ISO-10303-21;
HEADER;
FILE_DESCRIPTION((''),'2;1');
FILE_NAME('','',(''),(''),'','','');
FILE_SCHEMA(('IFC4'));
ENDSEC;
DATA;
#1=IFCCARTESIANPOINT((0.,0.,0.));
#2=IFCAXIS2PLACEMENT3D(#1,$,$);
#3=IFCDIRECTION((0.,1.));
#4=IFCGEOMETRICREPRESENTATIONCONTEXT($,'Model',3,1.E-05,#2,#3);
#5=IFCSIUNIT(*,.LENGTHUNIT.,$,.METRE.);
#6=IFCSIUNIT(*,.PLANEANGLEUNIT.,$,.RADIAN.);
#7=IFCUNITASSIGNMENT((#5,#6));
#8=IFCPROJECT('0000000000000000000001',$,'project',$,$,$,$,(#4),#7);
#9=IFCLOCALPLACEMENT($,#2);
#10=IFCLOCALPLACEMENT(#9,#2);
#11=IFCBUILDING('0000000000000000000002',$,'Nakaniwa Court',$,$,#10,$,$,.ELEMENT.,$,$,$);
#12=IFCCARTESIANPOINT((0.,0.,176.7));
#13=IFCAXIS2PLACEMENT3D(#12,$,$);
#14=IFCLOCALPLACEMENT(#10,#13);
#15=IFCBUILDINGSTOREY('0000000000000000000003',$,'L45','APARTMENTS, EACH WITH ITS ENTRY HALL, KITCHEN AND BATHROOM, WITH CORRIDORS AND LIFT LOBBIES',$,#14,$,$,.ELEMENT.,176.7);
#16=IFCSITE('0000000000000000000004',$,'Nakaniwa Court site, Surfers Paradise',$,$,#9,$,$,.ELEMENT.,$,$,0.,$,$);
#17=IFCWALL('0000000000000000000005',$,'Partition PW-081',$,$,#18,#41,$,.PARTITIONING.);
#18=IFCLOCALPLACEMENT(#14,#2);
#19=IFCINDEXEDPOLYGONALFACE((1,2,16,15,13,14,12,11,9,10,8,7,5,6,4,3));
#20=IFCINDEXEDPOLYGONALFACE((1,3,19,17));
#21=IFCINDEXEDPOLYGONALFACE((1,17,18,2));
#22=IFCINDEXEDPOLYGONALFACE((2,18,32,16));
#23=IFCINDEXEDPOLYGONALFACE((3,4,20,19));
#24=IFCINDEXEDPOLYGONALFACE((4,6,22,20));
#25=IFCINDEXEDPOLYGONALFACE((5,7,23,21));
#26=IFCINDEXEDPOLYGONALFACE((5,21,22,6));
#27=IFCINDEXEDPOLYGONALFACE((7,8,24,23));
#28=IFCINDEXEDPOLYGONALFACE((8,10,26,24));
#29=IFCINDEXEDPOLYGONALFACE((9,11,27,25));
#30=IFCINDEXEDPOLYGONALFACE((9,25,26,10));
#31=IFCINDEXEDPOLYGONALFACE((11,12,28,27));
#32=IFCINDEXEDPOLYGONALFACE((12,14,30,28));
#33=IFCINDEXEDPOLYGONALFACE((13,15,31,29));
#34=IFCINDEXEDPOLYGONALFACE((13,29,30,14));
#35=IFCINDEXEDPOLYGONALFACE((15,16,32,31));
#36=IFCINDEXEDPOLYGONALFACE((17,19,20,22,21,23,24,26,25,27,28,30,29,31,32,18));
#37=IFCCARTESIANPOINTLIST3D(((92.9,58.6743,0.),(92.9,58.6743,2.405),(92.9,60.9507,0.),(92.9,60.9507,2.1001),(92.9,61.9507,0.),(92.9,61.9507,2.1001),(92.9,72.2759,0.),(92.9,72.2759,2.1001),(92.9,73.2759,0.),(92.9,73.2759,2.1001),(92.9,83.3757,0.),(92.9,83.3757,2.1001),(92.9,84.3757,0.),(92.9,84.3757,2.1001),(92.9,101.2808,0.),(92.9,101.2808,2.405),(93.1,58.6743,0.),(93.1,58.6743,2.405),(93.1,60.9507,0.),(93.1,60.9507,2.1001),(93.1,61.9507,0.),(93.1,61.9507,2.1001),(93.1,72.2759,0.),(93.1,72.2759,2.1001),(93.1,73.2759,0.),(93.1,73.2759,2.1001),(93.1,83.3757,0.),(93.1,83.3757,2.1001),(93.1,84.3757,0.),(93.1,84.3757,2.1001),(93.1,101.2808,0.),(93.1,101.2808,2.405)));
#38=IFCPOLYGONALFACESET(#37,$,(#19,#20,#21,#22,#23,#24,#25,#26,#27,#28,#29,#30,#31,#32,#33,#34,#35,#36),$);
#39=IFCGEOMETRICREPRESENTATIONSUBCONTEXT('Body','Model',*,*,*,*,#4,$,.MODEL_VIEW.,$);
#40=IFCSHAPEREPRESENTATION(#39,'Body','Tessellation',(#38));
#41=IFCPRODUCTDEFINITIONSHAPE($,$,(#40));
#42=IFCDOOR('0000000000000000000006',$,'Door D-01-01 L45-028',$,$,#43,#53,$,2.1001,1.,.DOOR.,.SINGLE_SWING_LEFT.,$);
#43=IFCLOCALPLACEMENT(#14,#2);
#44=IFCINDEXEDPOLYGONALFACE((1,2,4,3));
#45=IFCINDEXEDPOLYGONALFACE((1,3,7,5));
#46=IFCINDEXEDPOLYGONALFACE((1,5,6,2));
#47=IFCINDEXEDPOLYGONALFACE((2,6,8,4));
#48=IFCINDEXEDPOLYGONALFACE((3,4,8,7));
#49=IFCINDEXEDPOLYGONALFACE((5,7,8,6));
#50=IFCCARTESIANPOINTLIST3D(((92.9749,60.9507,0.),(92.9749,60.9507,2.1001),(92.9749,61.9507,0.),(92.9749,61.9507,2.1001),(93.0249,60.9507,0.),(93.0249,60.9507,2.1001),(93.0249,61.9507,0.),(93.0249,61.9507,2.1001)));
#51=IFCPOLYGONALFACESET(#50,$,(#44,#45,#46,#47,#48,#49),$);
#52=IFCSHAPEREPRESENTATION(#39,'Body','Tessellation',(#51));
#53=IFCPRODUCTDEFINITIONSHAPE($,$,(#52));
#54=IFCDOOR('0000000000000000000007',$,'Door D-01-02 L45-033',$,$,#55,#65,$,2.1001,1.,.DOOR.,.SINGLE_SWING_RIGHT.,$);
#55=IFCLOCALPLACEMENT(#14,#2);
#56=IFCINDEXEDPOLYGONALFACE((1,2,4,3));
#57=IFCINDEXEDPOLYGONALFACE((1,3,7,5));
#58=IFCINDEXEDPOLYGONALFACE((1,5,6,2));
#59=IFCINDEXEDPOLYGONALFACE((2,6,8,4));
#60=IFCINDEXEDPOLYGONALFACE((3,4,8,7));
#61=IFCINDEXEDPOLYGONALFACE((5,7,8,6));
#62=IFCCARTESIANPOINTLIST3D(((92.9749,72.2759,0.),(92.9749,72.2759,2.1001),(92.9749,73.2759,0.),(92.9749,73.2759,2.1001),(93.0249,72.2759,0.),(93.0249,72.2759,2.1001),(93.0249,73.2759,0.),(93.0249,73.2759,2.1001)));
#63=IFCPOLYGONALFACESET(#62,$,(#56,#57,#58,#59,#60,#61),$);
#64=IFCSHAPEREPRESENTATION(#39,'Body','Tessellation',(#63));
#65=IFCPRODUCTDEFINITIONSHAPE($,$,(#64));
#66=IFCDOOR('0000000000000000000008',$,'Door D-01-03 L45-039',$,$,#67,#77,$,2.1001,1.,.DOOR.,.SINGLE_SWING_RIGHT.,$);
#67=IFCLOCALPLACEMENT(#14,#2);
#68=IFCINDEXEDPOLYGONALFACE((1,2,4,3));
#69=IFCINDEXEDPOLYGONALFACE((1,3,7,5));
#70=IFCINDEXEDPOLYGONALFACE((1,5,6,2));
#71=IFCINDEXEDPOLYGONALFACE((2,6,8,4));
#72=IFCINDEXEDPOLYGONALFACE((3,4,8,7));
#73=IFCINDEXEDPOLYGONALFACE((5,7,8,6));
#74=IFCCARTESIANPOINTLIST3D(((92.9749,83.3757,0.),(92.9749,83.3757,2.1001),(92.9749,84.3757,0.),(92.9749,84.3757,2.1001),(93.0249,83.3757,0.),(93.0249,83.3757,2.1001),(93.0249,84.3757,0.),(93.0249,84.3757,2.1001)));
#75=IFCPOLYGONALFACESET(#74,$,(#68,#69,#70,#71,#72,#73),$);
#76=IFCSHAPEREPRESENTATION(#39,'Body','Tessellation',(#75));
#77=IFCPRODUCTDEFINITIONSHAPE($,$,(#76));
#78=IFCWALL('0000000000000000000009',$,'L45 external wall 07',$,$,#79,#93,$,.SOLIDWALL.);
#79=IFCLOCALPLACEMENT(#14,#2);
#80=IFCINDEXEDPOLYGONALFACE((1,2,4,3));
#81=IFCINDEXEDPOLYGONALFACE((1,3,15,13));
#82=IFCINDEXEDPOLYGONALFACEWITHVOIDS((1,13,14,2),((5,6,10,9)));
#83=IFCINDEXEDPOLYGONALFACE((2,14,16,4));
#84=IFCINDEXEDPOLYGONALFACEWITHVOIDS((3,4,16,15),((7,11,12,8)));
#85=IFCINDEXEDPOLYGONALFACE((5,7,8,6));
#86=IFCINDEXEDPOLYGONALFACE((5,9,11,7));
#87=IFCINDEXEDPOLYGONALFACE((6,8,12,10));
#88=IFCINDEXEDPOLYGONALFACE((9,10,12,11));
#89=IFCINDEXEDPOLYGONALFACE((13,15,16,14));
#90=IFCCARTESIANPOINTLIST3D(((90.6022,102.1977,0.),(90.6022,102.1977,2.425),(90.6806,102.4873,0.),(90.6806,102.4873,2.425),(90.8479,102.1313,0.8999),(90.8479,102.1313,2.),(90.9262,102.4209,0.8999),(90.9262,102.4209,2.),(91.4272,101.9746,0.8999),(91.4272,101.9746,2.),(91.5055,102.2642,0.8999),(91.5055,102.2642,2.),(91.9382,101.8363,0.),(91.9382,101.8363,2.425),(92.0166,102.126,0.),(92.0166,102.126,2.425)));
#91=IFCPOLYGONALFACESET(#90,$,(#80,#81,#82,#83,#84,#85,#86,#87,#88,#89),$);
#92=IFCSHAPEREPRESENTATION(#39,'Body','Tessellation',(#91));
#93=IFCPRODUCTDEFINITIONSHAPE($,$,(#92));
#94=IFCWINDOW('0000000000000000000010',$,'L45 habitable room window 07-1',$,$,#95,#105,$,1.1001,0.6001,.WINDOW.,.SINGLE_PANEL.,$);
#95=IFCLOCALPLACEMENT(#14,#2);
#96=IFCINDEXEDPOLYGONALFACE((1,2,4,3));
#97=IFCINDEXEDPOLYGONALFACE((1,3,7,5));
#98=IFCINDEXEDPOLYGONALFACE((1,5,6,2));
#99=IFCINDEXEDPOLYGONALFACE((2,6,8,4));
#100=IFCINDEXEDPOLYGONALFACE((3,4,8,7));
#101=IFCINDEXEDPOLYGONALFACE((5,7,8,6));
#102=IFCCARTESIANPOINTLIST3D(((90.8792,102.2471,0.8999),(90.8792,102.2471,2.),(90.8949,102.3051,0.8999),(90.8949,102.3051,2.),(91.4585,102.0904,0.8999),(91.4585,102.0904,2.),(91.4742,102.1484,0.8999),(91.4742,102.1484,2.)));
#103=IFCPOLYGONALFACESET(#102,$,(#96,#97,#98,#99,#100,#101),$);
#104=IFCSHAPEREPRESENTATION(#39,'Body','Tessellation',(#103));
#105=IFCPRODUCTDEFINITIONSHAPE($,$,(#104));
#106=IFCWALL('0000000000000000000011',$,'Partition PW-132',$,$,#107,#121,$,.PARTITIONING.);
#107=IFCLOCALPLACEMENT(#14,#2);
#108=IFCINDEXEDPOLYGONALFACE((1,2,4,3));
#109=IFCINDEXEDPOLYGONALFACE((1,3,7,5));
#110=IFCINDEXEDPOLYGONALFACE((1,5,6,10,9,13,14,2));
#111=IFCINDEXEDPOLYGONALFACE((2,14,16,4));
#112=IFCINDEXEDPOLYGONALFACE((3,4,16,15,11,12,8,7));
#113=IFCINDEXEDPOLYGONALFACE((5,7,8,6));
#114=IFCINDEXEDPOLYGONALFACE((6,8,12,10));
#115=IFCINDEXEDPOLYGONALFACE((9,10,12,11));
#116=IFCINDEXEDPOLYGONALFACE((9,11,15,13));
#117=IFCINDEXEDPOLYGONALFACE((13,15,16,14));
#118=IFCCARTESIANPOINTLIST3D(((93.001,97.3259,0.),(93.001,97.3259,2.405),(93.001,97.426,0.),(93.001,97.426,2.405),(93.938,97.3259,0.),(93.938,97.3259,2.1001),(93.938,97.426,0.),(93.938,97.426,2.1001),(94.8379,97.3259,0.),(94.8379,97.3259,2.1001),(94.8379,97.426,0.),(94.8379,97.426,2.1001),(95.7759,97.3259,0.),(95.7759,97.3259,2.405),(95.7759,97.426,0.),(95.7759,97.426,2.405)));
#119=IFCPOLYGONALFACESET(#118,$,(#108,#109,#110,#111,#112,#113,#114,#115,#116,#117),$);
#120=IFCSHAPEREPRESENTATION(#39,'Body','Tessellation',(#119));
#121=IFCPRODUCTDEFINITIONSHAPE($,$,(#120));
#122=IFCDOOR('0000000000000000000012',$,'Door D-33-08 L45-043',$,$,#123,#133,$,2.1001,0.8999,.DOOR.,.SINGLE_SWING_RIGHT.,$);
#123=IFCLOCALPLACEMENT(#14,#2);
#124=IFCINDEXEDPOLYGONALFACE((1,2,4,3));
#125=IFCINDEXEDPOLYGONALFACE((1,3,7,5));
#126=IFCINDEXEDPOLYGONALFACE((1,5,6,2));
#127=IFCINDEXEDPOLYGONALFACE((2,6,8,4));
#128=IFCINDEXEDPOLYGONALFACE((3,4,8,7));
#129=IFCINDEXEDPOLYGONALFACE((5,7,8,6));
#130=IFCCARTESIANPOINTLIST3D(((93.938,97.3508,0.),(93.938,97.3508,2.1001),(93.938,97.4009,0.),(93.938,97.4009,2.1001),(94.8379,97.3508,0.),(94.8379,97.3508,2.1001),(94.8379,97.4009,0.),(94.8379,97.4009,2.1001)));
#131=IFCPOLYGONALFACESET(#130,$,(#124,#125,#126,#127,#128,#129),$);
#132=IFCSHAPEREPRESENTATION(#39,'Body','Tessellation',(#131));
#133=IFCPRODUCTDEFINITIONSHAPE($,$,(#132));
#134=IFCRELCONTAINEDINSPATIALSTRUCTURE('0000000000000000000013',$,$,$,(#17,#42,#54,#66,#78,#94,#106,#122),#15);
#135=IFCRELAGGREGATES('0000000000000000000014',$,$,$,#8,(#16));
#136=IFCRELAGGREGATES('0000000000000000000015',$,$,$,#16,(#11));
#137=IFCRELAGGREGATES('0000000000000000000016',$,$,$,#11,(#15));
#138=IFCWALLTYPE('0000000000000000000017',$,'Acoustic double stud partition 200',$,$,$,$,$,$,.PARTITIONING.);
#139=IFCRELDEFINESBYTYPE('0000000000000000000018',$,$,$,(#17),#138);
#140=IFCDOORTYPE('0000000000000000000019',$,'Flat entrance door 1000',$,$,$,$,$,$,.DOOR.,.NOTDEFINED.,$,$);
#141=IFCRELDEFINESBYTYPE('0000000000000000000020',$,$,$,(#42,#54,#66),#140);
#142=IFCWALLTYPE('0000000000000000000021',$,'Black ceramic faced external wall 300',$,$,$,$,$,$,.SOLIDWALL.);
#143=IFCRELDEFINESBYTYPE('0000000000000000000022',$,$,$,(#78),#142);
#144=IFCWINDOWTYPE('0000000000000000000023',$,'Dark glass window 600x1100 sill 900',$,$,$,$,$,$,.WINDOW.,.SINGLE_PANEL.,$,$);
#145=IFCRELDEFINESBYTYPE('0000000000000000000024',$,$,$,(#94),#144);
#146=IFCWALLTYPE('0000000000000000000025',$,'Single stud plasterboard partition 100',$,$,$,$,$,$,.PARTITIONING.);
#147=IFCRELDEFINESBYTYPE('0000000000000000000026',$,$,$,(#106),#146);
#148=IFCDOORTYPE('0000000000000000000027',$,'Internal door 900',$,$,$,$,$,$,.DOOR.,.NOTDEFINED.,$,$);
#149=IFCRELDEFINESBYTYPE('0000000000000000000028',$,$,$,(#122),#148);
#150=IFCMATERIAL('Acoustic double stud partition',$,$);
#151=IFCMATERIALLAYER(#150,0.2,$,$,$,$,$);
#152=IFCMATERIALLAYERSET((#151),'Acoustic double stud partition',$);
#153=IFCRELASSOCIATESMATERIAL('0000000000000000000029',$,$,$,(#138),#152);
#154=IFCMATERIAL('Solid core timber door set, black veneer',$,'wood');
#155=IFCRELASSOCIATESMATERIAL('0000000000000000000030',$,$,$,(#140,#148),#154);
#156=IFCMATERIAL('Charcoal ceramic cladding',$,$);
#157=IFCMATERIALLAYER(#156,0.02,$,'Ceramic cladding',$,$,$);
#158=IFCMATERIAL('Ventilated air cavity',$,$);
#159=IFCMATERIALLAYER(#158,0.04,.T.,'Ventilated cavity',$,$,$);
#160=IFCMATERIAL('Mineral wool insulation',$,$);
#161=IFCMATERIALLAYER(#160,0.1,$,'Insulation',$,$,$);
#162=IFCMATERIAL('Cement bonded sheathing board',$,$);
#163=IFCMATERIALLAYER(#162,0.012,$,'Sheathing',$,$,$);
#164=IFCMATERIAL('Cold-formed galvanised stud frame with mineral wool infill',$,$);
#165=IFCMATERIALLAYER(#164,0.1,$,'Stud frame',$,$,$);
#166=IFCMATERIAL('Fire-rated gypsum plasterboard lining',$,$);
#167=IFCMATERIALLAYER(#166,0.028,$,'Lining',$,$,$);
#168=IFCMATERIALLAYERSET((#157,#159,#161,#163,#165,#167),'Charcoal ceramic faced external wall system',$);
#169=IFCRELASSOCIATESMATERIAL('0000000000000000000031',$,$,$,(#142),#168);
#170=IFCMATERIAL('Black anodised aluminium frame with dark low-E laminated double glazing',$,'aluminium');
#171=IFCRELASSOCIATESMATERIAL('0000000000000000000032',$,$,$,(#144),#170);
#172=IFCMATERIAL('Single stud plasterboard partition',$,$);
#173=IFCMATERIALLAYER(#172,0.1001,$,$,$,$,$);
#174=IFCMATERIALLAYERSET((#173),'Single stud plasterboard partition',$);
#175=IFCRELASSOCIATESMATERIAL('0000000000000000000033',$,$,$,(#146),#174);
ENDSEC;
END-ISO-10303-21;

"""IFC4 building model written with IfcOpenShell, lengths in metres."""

from ifc_helpers import new_model, si_unit, direction, frame, frame_2d, origin, place, context, subcontext, project, spatial, rectangle, extrude, material, layer, layer_set, type_object, element, fill, save


model = new_model("IFC4")

# Units and contexts
model_context = context("Model", 3, precision=1e-05, world=origin(), true_north=direction((0.0, 1.0)))
body_context = subcontext(model_context, "Body", "Model", "MODEL_VIEW")
ifc_project = project(units=[si_unit("LENGTHUNIT", "METRE"), si_unit("PLANEANGLEUNIT", "RADIAN")], contexts=[model_context])

# Site, building, storey
site_placement = place(None, origin())
site = spatial("IfcSite", under=ifc_project, at=site_placement, Name="Nakaniwa Court site, Surfers Paradise", CompositionType="ELEMENT", RefElevation=0.0)
building_placement = place(site_placement, origin())
building = spatial("IfcBuilding", under=site, at=building_placement, Name="Nakaniwa Court", CompositionType="ELEMENT")
storey_placement = place(building_placement, frame((0.0, 0.0, 176.7)))
storey = spatial("IfcBuildingStorey", under=building, at=storey_placement, Name="L45", Description="APARTMENTS, EACH WITH ITS ENTRY HALL, KITCHEN AND BATHROOM, WITH CORRIDORS AND LIFT LOBBIES", CompositionType="ELEMENT", Elevation=176.7)

# Shared definitions
ifc_material_1 = material(Name="Acoustic double stud partition")
ifc_layer_1 = layer(ifc_material_1, 0.2)
ifc_layer_set_1 = layer_set([ifc_layer_1], Name="Acoustic double stud partition")
wall_type_1 = type_object("IfcWallType", Name="Acoustic double stud partition 200", PredefinedType="PARTITIONING", material=ifc_layer_set_1)
ifc_material_2 = material(Name="Solid core timber door set, black veneer", Category="wood")

# Wall, openings, doors
wall_1_placement = place(storey_placement, frame((93.0, 101.2808, 0.0), z_axis=(0.0, 0.0, 1.0), x_axis=(0.0, -1.0, 0.0)))
wall_1 = element("IfcWall", 1, at=wall_1_placement, inside=storey, type_object=wall_type_1, Name="Partition PW-081", PredefinedType="PARTITIONING", context=body_context, shape_type="SweptSolid", body=[
    extrude(rectangle(XDim=42.6064, YDim=0.2, at=frame_2d((21.3032, 0.0))), origin(), (0.0, 0.0, 1.0), 2.405),
])
opening_1_placement = place(wall_1_placement, frame((39.3301, 0.0, 0.0)))
opening_1 = element("IfcOpeningElement", 2, at=opening_1_placement, cuts=wall_1, PredefinedType="OPENING", context=body_context, shape_type="SweptSolid", body=[
    extrude(rectangle(XDim=1.0, YDim=2.1001, at=frame_2d((0.5, 1.05))), frame((0.0, 0.1099, 0.0), z_axis=(0.0, -1.0, 0.0), x_axis=(1.0, 0.0, 0.0)), (0.0, 0.0, 1.0), 0.22),
])
opening_2_placement = place(wall_1_placement, frame((28.0049, 0.0, 0.0)))
opening_2 = element("IfcOpeningElement", 3, at=opening_2_placement, cuts=wall_1, PredefinedType="OPENING", context=body_context, shape_type="SweptSolid", body=[
    extrude(rectangle(XDim=1.0, YDim=2.1001, at=frame_2d((0.5, 1.05))), frame((0.0, 0.1099, 0.0), z_axis=(0.0, -1.0, 0.0), x_axis=(1.0, 0.0, 0.0)), (0.0, 0.0, 1.0), 0.22),
])
opening_3_placement = place(wall_1_placement, frame((16.905, 0.0, 0.0)))
opening_3 = element("IfcOpeningElement", 4, at=opening_3_placement, cuts=wall_1, PredefinedType="OPENING", context=body_context, shape_type="SweptSolid", body=[
    extrude(rectangle(XDim=1.0, YDim=2.1001, at=frame_2d((0.5, 1.05))), frame((0.0, 0.1099, 0.0), z_axis=(0.0, -1.0, 0.0), x_axis=(1.0, 0.0, 0.0)), (0.0, 0.0, 1.0), 0.22),
])
door_type_1 = type_object("IfcDoorType", Name="Flat entrance door 1000", OperationType="NOTDEFINED", PredefinedType="DOOR", material=ifc_material_2)
door_1_placement = place(opening_1_placement, origin())
door_1 = element("IfcDoor", 5, at=door_1_placement, inside=storey, type_object=door_type_1, Name="Door D-01-01 L45-028", OperationType="SINGLE_SWING_LEFT", OverallHeight=2.1001, OverallWidth=1.0, PredefinedType="DOOR", context=body_context, shape_type="SweptSolid", body=[
    extrude(rectangle(XDim=1.0, YDim=2.1001, at=frame_2d((0.5, 1.05))), frame((0.0, 0.0249, 0.0), z_axis=(0.0, -1.0, 0.0), x_axis=(1.0, 0.0, 0.0)), (0.0, 0.0, 1.0), 0.05),
])
fill(opening_1, door_1)
door_2_placement = place(opening_2_placement, origin())
door_2 = element("IfcDoor", 6, at=door_2_placement, inside=storey, type_object=door_type_1, Name="Door D-01-02 L45-033", OperationType="SINGLE_SWING_RIGHT", OverallHeight=2.1001, OverallWidth=1.0, PredefinedType="DOOR", context=body_context, shape_type="SweptSolid", body=[
    extrude(rectangle(XDim=1.0, YDim=2.1001, at=frame_2d((0.5, 1.05))), frame((0.0, 0.0249, 0.0), z_axis=(0.0, -1.0, 0.0), x_axis=(1.0, 0.0, 0.0)), (0.0, 0.0, 1.0), 0.05),
])
fill(opening_2, door_2)
door_3_placement = place(opening_3_placement, origin())
door_3 = element("IfcDoor", 7, at=door_3_placement, inside=storey, type_object=door_type_1, Name="Door D-01-03 L45-039", OperationType="SINGLE_SWING_RIGHT", OverallHeight=2.1001, OverallWidth=1.0, PredefinedType="DOOR", context=body_context, shape_type="SweptSolid", body=[
    extrude(rectangle(XDim=1.0, YDim=2.1001, at=frame_2d((0.5, 1.05))), frame((0.0, 0.0249, 0.0), z_axis=(0.0, -1.0, 0.0), x_axis=(1.0, 0.0, 0.0)), (0.0, 0.0, 1.0), 0.05),
])
fill(opening_3, door_3)

# Wall, opening, window
ifc_material_3 = material(Name="Charcoal ceramic cladding")
ifc_layer_2 = layer(ifc_material_3, 0.02, Name="Ceramic cladding")
ifc_material_4 = material(Name="Ventilated air cavity")
ifc_layer_3 = layer(ifc_material_4, 0.04, ventilated=True, Name="Ventilated cavity")
ifc_material_5 = material(Name="Mineral wool insulation")
ifc_layer_4 = layer(ifc_material_5, 0.1, Name="Insulation")
ifc_material_6 = material(Name="Cement bonded sheathing board")
ifc_layer_5 = layer(ifc_material_6, 0.012, Name="Sheathing")
ifc_material_7 = material(Name="Cold-formed galvanised stud frame with mineral wool infill")
ifc_layer_6 = layer(ifc_material_7, 0.1, Name="Stud frame")
ifc_material_8 = material(Name="Fire-rated gypsum plasterboard lining")
ifc_layer_7 = layer(ifc_material_8, 0.028, Name="Lining")
ifc_layer_set_2 = layer_set([ifc_layer_2, ifc_layer_3, ifc_layer_4, ifc_layer_5, ifc_layer_6, ifc_layer_7], Name="Charcoal ceramic faced external wall system")
wall_type_2 = type_object("IfcWallType", Name="Black ceramic faced external wall 300", PredefinedType="SOLIDWALL", material=ifc_layer_set_2)
wall_2_placement = place(storey_placement, frame((91.9773, 101.9812, 0.0), z_axis=(0.0, 0.0, 1.0), x_axis=(-0.965315, 0.261087, 0.0)))
wall_2 = element("IfcWall", 8, at=wall_2_placement, inside=storey, type_object=wall_type_2, Name="L45 external wall 07", PredefinedType="SOLIDWALL", context=body_context, shape_type="SweptSolid", body=[
    extrude(rectangle(XDim=1.384, YDim=0.3, at=frame_2d((0.6919, 0.0))), origin(), (0.0, 0.0, 1.0), 2.425),
])
opening_4_placement = place(wall_2_placement, frame((0.5293, 0.0, 0.8999)))
opening_4 = element("IfcOpeningElement", 9, at=opening_4_placement, cuts=wall_2, PredefinedType="OPENING", context=body_context, shape_type="SweptSolid", body=[
    extrude(rectangle(XDim=0.6001, YDim=1.1001, at=frame_2d((0.3, 0.55))), frame((0.0, 0.1599, 0.0), z_axis=(0.0, -1.0, 0.0), x_axis=(1.0, 0.0, 0.0)), (0.0, 0.0, 1.0), 0.3201),
])
ifc_material_9 = material(Name="Black anodised aluminium frame with dark low-E laminated double glazing", Category="aluminium")
window_type = type_object("IfcWindowType", Name="Dark glass window 600x1100 sill 900", PartitioningType="SINGLE_PANEL", PredefinedType="WINDOW", material=ifc_material_9)
window_placement = place(opening_4_placement, origin())
window = element("IfcWindow", 10, at=window_placement, inside=storey, type_object=window_type, Name="L45 habitable room window 07-1", OverallHeight=1.1001, OverallWidth=0.6001, PartitioningType="SINGLE_PANEL", PredefinedType="WINDOW", context=body_context, shape_type="SweptSolid", body=[
    extrude(rectangle(XDim=0.6001, YDim=1.1001, at=frame_2d((0.3, 0.55))), frame((0.0, 0.03, 0.0), z_axis=(0.0, -1.0, 0.0), x_axis=(1.0, 0.0, 0.0)), (0.0, 0.0, 1.0), 0.0601),
])
fill(opening_4, window)

# Wall, opening, door
ifc_material_10 = material(Name="Single stud plasterboard partition")
ifc_layer_8 = layer(ifc_material_10, 0.1001)
ifc_layer_set_3 = layer_set([ifc_layer_8], Name="Single stud plasterboard partition")
wall_type_3 = type_object("IfcWallType", Name="Single stud plasterboard partition 100", PredefinedType="PARTITIONING", material=ifc_layer_set_3)
wall_3_placement = place(storey_placement, frame((93.001, 97.376, 0.0), z_axis=(0.0, 0.0, 1.0), x_axis=(1.0, 0.0, 0.0)))
wall_3 = element("IfcWall", 11, at=wall_3_placement, inside=storey, type_object=wall_type_3, Name="Partition PW-132", PredefinedType="PARTITIONING", context=body_context, shape_type="SweptSolid", body=[
    extrude(rectangle(XDim=2.7749, YDim=0.1001, at=frame_2d((1.3875, 0.0))), origin(), (0.0, 0.0, 1.0), 2.405),
])
opening_5_placement = place(wall_3_placement, frame((0.937, 0.0, 0.0)))
opening_5 = element("IfcOpeningElement", 12, at=opening_5_placement, cuts=wall_3, PredefinedType="OPENING", context=body_context, shape_type="SweptSolid", body=[
    extrude(rectangle(XDim=0.8999, YDim=2.1001, at=frame_2d((0.45, 1.05))), frame((0.0, 0.0601, 0.0), z_axis=(0.0, -1.0, 0.0), x_axis=(1.0, 0.0, 0.0)), (0.0, 0.0, 1.0), 0.1201),
])
door_type_2 = type_object("IfcDoorType", Name="Internal door 900", OperationType="NOTDEFINED", PredefinedType="DOOR", material=ifc_material_2)
door_4_placement = place(opening_5_placement, origin())
door_4 = element("IfcDoor", 13, at=door_4_placement, inside=storey, type_object=door_type_2, Name="Door D-33-08 L45-043", OperationType="SINGLE_SWING_RIGHT", OverallHeight=2.1001, OverallWidth=0.8999, PredefinedType="DOOR", context=body_context, shape_type="SweptSolid", body=[
    extrude(rectangle(XDim=0.8999, YDim=2.1001, at=frame_2d((0.45, 1.05))), frame((0.0, 0.0249, 0.0), z_axis=(0.0, -1.0, 0.0), x_axis=(1.0, 0.0, 0.0)), (0.0, 0.0, 1.0), 0.05),
])
fill(opening_5, door_4)

save(model, "model.ifc")
